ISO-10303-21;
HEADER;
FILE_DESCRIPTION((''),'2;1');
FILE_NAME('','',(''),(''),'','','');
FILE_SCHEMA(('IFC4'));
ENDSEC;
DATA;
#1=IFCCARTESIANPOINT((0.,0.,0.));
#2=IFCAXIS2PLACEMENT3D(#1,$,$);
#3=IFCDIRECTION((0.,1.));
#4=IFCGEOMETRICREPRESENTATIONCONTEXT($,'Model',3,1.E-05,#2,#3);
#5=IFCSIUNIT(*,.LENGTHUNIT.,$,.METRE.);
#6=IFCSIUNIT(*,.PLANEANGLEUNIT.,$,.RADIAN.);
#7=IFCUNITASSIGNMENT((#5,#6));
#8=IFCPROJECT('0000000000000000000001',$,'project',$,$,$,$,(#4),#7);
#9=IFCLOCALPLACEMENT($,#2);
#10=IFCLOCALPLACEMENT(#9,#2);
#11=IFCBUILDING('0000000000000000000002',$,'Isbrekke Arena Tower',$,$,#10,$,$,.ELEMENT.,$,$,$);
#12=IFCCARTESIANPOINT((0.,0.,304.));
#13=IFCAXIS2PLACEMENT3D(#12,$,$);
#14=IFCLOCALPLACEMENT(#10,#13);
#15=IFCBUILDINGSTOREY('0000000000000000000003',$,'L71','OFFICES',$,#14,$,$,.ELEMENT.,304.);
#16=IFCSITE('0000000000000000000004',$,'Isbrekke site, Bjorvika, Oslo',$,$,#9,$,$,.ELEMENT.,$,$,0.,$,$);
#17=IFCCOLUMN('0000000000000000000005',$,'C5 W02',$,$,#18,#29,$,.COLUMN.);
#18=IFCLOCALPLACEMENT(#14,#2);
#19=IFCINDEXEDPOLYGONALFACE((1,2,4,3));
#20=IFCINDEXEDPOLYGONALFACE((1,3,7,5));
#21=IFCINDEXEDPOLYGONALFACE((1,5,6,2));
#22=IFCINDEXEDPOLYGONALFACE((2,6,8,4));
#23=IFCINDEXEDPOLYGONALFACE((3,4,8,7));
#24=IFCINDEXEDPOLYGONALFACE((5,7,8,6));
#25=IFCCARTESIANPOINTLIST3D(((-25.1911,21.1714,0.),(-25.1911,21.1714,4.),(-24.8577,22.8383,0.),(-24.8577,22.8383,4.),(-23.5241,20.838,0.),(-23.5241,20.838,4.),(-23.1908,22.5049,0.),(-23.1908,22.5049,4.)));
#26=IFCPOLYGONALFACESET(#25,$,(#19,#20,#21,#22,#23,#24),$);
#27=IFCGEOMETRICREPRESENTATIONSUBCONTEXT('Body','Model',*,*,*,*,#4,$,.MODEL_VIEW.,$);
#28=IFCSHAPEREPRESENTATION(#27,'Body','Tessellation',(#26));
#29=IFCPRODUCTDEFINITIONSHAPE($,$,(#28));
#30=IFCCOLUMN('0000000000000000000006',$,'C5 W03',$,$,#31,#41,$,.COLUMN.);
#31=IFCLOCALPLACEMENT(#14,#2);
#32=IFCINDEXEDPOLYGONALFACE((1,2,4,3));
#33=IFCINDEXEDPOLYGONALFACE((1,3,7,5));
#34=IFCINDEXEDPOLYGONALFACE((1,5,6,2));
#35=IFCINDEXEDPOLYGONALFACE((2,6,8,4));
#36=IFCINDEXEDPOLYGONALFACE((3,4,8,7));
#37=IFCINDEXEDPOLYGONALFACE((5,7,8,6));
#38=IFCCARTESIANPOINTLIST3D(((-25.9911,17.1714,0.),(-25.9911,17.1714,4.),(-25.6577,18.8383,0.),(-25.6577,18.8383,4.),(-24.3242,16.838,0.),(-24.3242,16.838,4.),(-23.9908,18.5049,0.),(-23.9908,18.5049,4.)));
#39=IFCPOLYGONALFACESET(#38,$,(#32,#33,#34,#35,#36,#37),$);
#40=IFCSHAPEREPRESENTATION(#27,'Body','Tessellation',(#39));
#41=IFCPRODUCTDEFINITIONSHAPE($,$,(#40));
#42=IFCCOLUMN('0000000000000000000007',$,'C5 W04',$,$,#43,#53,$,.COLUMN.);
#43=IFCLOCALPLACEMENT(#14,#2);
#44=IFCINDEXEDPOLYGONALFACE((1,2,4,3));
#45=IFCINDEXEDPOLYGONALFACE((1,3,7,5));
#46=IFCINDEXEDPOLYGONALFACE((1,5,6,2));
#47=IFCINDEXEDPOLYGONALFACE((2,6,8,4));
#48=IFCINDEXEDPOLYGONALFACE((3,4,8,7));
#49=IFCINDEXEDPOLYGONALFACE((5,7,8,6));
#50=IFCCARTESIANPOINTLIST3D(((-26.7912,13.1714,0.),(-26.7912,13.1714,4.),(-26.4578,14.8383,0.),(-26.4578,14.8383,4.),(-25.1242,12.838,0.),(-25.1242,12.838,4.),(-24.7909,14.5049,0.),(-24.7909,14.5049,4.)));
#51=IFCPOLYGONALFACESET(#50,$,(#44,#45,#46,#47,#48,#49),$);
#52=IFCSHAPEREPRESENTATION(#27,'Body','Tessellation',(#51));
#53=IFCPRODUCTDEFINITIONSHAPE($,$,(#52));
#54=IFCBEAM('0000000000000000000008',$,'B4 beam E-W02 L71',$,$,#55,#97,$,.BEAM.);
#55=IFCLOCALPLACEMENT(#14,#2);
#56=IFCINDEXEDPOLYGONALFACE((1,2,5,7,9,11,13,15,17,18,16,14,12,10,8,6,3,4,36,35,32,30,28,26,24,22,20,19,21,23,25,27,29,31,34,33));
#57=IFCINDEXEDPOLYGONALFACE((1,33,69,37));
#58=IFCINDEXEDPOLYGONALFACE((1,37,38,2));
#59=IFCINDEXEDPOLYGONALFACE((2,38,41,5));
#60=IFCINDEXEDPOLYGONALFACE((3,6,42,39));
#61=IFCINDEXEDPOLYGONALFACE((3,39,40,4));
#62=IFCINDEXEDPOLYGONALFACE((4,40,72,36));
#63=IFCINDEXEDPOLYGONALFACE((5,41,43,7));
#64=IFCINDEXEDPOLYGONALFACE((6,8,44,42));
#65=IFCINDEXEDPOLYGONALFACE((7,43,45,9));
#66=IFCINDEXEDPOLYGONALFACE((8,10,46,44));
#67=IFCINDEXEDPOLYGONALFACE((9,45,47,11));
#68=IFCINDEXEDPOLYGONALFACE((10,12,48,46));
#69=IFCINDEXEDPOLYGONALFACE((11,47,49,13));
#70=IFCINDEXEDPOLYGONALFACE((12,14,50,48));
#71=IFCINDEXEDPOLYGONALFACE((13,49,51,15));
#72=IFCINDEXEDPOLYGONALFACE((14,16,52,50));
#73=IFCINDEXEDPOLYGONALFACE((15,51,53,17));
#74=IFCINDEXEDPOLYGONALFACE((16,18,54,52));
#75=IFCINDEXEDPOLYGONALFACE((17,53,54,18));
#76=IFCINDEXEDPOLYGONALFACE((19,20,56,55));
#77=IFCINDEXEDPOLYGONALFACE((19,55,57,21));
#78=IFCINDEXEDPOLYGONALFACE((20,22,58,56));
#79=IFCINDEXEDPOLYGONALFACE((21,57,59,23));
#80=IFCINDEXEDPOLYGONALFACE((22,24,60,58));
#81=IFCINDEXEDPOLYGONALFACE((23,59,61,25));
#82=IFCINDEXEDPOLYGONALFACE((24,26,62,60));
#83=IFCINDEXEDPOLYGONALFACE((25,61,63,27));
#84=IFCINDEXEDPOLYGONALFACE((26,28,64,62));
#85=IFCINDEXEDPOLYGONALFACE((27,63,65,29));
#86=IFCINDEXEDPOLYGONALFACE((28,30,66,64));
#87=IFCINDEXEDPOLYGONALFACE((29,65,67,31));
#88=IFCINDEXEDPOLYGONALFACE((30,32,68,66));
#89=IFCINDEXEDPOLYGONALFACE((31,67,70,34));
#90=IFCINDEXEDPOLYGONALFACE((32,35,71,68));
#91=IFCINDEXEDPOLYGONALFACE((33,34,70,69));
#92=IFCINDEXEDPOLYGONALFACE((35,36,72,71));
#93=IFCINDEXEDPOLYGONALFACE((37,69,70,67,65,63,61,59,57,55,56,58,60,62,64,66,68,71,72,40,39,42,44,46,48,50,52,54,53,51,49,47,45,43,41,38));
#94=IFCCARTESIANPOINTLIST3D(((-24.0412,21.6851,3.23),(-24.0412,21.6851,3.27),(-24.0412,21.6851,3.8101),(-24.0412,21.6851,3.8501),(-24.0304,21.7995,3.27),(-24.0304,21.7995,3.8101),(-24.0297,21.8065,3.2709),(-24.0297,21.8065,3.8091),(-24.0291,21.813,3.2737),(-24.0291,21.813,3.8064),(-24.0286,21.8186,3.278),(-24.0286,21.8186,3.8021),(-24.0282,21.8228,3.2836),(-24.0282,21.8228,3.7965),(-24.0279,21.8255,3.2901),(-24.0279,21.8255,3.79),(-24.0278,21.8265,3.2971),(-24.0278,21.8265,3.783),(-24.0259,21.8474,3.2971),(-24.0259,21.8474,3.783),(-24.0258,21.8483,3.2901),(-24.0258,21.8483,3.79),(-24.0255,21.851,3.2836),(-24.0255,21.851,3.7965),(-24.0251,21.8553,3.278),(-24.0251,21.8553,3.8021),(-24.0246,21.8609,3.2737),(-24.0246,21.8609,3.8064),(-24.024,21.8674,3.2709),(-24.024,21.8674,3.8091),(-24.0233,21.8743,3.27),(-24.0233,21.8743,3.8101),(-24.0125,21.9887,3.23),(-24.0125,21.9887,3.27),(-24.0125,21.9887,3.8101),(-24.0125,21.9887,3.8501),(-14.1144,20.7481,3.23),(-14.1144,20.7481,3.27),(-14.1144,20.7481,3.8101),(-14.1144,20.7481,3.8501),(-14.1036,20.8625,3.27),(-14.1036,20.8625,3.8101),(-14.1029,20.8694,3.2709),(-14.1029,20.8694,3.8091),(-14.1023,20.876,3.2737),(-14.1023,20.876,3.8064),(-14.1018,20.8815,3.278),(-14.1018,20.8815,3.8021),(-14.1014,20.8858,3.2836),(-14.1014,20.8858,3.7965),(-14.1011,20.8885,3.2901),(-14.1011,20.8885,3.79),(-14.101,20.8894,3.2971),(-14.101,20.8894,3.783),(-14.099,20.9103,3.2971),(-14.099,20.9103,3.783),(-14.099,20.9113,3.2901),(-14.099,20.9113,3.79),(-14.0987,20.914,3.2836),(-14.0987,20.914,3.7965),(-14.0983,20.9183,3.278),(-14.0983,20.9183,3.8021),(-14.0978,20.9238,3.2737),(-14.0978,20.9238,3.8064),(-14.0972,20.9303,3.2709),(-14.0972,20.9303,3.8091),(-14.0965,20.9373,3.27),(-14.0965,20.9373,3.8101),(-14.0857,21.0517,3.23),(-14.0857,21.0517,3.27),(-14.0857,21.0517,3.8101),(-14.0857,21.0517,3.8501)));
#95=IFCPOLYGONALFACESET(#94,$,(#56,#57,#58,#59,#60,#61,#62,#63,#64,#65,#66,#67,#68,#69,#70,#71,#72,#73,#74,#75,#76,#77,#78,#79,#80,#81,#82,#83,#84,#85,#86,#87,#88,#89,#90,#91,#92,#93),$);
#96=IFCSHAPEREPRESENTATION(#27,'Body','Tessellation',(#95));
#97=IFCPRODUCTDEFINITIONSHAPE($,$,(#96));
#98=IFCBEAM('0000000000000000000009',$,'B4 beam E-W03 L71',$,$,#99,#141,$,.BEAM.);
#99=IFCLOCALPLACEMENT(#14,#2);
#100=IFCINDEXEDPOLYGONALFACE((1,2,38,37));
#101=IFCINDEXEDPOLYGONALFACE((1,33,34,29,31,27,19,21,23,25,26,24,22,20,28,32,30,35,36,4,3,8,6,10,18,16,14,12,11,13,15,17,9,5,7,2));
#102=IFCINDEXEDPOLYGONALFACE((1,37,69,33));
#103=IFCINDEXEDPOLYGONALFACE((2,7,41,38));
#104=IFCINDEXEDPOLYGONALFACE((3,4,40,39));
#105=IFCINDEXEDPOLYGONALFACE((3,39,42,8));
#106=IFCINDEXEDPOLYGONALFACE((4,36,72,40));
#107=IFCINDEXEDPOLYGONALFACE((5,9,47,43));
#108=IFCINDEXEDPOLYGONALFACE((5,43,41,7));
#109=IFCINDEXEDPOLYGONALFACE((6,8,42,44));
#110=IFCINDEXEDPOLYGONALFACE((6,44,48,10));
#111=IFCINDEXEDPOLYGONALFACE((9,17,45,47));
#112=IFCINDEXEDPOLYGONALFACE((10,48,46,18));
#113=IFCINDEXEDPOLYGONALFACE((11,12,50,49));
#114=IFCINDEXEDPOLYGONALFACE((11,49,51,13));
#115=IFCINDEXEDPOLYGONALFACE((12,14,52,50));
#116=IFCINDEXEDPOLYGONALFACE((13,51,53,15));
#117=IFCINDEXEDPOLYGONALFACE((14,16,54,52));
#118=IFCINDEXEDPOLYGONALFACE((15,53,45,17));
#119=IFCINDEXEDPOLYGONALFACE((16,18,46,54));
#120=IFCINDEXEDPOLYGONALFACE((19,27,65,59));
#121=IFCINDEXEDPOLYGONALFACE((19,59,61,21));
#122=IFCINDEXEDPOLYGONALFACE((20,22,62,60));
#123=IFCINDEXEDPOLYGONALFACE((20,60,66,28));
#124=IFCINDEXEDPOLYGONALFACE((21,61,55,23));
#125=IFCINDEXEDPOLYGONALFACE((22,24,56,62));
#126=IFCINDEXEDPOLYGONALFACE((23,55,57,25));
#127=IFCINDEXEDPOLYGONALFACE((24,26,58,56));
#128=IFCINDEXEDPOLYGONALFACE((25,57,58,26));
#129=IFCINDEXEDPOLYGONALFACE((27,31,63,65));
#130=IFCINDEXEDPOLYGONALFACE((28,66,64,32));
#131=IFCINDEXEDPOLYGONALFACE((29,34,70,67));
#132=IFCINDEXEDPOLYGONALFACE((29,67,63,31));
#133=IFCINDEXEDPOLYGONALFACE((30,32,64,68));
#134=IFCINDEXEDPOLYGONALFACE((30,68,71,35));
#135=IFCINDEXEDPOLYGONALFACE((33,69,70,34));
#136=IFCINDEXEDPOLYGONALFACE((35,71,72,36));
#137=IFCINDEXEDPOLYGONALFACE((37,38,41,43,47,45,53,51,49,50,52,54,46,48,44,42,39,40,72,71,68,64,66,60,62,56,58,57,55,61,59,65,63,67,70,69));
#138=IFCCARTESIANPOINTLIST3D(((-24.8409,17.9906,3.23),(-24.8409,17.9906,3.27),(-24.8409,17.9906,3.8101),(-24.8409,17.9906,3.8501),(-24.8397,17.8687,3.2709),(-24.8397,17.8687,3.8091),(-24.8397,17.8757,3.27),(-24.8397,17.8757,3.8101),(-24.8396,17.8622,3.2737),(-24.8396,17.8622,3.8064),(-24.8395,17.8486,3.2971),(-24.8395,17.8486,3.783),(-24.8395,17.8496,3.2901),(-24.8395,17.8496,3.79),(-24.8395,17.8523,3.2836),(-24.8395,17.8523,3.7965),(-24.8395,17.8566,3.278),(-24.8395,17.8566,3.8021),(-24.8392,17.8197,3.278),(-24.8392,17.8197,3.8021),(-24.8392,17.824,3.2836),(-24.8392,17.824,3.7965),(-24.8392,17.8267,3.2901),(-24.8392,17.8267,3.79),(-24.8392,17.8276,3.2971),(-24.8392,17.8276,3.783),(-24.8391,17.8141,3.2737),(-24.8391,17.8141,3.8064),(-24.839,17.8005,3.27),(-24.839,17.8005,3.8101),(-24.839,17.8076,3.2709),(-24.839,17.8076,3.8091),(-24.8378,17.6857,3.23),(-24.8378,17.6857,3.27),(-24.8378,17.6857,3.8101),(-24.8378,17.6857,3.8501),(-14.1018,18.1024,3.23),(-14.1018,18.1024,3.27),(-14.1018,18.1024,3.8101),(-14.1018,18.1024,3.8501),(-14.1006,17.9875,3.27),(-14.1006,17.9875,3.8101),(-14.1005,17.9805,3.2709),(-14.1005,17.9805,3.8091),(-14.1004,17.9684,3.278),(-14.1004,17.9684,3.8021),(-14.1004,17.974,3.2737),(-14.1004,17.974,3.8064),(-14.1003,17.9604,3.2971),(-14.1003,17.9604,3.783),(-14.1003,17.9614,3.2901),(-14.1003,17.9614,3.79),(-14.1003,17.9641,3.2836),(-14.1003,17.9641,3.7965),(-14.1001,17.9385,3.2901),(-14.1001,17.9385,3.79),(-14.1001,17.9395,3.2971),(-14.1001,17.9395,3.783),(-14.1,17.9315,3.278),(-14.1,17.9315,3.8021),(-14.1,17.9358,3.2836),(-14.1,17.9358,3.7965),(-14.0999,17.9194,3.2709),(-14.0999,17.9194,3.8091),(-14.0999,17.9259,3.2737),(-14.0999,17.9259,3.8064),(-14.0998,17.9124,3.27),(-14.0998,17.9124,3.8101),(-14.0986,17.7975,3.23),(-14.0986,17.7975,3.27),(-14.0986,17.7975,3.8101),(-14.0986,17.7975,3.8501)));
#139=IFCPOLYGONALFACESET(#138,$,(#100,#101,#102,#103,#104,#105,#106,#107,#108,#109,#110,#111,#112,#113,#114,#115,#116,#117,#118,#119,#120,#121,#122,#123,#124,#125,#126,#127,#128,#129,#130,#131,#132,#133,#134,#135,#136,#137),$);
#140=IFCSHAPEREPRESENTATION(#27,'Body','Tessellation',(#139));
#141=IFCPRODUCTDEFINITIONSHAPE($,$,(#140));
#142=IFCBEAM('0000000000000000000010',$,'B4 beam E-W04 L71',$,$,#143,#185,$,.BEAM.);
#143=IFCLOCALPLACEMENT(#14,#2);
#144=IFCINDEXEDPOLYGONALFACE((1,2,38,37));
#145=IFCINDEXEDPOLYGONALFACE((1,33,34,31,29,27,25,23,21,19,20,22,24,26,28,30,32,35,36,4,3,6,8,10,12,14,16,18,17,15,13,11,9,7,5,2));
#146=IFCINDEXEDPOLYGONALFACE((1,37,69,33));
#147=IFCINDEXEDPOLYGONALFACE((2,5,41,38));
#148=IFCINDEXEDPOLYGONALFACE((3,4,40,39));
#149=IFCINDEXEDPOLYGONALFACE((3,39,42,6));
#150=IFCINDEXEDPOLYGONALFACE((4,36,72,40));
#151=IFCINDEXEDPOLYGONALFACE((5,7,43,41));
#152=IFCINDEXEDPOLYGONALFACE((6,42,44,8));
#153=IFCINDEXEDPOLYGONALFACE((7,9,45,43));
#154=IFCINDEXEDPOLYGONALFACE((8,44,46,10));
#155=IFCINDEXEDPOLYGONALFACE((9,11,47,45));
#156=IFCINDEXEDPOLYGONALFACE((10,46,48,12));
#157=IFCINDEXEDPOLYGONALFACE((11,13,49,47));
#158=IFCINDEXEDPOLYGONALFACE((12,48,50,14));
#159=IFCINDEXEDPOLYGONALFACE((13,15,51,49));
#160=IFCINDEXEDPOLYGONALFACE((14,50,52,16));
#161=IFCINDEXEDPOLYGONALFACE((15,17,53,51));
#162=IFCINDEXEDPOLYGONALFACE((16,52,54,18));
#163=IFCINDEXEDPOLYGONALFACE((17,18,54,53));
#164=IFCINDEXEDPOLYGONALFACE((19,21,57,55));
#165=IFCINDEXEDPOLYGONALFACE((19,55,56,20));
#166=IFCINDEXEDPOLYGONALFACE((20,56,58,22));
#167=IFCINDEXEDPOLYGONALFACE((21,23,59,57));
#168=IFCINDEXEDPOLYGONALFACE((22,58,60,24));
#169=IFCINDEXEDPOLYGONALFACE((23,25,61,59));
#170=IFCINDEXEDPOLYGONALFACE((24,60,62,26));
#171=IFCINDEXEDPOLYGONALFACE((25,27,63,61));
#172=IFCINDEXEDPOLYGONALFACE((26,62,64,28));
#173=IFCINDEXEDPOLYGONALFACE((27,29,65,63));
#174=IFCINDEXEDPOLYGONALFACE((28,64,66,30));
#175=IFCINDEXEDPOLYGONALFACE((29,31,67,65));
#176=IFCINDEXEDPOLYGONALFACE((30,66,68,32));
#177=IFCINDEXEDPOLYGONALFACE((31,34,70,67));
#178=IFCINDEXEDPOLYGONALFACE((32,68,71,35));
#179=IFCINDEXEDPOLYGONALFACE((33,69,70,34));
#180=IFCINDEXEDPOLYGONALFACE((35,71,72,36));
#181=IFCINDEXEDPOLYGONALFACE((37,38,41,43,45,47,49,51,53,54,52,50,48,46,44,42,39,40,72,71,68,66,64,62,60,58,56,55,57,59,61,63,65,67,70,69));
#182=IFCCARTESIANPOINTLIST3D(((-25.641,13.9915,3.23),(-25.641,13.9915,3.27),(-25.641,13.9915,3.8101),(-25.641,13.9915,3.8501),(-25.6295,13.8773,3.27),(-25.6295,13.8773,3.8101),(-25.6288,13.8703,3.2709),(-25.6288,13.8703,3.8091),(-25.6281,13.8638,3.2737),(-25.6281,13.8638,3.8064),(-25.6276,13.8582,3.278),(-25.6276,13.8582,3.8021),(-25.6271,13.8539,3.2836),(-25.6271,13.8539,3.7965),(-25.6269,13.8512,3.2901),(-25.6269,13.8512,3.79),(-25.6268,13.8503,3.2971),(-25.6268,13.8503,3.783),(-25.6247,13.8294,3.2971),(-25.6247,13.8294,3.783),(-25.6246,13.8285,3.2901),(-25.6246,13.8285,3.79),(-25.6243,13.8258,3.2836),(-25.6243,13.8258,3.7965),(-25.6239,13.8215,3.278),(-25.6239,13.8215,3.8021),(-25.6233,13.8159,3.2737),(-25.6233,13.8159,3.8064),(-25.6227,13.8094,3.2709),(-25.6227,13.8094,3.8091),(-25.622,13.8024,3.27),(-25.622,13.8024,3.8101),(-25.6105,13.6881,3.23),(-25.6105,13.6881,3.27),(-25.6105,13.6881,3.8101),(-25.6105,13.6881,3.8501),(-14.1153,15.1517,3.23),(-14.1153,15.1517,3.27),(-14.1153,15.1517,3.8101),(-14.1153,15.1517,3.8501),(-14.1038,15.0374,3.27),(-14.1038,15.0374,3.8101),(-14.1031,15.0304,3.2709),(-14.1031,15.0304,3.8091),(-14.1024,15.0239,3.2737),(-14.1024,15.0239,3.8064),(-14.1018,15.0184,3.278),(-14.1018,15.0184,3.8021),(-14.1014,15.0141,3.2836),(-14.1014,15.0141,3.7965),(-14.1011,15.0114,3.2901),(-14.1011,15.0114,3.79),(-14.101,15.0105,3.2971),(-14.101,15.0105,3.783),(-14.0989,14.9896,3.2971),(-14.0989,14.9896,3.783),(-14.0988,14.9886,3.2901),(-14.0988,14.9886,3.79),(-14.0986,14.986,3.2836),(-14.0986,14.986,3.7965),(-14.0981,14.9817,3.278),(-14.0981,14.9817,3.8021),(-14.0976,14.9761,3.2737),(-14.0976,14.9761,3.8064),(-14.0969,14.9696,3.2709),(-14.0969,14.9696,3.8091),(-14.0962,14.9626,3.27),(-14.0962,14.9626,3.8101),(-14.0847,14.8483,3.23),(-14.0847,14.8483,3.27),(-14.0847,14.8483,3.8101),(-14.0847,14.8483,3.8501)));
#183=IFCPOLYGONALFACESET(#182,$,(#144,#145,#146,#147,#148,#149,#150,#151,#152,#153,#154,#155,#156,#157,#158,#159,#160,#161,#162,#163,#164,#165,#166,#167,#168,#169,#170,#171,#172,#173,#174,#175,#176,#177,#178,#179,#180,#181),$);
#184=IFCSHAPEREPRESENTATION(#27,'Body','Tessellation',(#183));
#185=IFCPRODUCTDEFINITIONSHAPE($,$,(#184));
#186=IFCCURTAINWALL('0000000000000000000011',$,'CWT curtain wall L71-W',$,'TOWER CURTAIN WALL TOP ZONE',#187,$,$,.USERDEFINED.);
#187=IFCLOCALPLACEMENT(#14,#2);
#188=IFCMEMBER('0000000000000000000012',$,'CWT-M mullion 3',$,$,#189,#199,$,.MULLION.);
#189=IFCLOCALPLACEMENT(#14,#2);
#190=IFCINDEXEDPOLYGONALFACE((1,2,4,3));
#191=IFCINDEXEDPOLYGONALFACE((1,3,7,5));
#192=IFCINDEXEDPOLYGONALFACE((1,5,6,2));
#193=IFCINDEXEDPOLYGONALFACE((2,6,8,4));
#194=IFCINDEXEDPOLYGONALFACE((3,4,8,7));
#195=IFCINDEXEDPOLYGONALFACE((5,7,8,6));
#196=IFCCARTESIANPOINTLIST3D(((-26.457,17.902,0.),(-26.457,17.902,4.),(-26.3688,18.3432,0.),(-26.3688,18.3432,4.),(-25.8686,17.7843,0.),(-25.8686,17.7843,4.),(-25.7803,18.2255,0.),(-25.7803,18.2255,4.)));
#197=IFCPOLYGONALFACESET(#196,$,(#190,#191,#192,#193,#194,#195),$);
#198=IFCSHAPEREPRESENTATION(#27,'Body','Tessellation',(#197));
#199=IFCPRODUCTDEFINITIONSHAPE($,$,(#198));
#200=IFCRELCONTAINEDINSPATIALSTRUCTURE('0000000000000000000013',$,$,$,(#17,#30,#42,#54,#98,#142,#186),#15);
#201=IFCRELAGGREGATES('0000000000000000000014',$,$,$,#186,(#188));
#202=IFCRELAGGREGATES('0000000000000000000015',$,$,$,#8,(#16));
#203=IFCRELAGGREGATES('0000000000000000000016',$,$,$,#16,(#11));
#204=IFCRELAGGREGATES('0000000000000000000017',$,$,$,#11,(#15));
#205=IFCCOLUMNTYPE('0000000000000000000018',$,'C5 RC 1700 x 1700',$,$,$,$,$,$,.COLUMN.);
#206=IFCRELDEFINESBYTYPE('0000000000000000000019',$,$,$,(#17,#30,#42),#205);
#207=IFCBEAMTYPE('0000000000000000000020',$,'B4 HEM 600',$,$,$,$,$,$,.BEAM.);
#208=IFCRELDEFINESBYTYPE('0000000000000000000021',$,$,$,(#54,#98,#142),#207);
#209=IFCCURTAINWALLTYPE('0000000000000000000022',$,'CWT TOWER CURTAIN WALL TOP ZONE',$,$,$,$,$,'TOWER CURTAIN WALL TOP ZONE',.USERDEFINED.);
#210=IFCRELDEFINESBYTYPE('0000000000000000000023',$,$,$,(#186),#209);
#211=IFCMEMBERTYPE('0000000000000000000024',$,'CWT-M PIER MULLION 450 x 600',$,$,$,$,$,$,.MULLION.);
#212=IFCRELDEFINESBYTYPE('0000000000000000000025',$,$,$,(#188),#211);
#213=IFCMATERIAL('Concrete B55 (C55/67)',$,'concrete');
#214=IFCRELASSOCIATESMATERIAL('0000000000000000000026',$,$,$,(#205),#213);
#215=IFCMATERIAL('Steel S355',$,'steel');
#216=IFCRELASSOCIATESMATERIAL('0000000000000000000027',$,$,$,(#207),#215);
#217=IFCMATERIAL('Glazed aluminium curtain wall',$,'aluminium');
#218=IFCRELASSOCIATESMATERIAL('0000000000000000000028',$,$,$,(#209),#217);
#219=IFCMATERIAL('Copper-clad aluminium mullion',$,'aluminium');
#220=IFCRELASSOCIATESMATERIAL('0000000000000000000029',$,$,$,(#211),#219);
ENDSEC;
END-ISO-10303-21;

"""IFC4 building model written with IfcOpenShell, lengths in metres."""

from ifc_helpers import new_model, si_unit, direction, frame, origin, origin_2d, place, context, subcontext, project, spatial, rectangle, i_section, extrude, material, material_profile, profile_set, type_object, element, aggregate, save


model = new_model("IFC4")

# Units and contexts
model_context = context("Model", 3, precision=1e-05, world=origin(), true_north=direction((0.0, 1.0)))
body_context = subcontext(model_context, "Body", "Model", "MODEL_VIEW")
ifc_project = project(units=[si_unit("LENGTHUNIT", "METRE"), si_unit("PLANEANGLEUNIT", "RADIAN")], contexts=[model_context])

# Site, building, storey
site_placement = place(None, origin())
site = spatial("IfcSite", under=ifc_project, at=site_placement, Name="Isbrekke site, Bjorvika, Oslo", CompositionType="ELEMENT", RefElevation=0.0)
building_placement = place(site_placement, origin())
building = spatial("IfcBuilding", under=site, at=building_placement, Name="Isbrekke Arena Tower", CompositionType="ELEMENT")
storey_placement = place(building_placement, frame((0.0, 0.0, 304.0)))
storey = spatial("IfcBuildingStorey", under=building, at=storey_placement, Name="L71", Description="OFFICES", CompositionType="ELEMENT", Elevation=304.0)

# Columns
ifc_material_1 = material(Name="Concrete B55 (C55/67)", Category="concrete")
ifc_material_profile_1 = material_profile(ifc_material_1, rectangle(XDim=1.7, YDim=1.7, at=origin_2d()), Name="RC 1700x1700")
ifc_profile_set_1 = profile_set([ifc_material_profile_1], Name="Concrete B55 (C55/67)")
column_type = type_object("IfcColumnType", Name="C5 RC 1700 x 1700", PredefinedType="COLUMN", material=ifc_profile_set_1)
for number, where, z_axis, x_axis, name in (
    (1, (-24.1909, 21.8381, 0.0), (0.0, 0.0, 1.0), (-0.196116, -0.980581, 0.0), "C5 W02"),
    (2, (-24.991, 17.8381, 0.0), (0.0, 0.0, 1.0), (-0.196116, -0.980581, 0.0), "C5 W03"),
    (3, (-25.791, 13.8381, 0.0), (0.0, 0.0, 1.0), (-0.196116, -0.980581, 0.0), "C5 W04"),
):
    element("IfcColumn", number, at=place(storey_placement, frame(where, z_axis=z_axis, x_axis=x_axis)), inside=storey, type_object=column_type, Name=name, PredefinedType="COLUMN", context=body_context, shape_type="SweptSolid", body=[
        extrude(rectangle(XDim=1.7, YDim=1.7, at=origin_2d()), origin(), (0.0, 0.0, 1.0), 4.0),
    ])

# Beams
ifc_material_2 = material(Name="Steel S355", Category="steel")
ifc_material_profile_2 = material_profile(ifc_material_2, i_section(OverallWidth=0.3049, OverallDepth=0.6201, WebThickness=0.021, FlangeThickness=0.04, FilletRadius=0.0271, at=origin_2d()), Name="HEM 600")
ifc_profile_set_2 = profile_set([ifc_material_profile_2], Name="Steel S355")
beam_type_1 = type_object("IfcBeamType", Name="B4 HEM 600", PredefinedType="BEAM", material=ifc_profile_set_2)
beam_1_placement = place(storey_placement, frame((-24.0269, 21.8369, 3.54), z_axis=(0.995575, -0.093975, 0.0), x_axis=(0.093975, 0.995575, 0.0)))
element("IfcBeam", 4, at=beam_1_placement, inside=storey, type_object=beam_type_1, Name="B4 beam E-W02 L71", PredefinedType="BEAM", context=body_context, shape_type="SweptSolid", body=[
    extrude(i_section(OverallWidth=0.3049, OverallDepth=0.6201, WebThickness=0.021, FlangeThickness=0.04, FilletRadius=0.0271, at=origin_2d()), origin(), (0.0, 0.0, 1.0), 9.9709),
])
beam_2_placement = place(storey_placement, frame((-24.8394, 17.8381, 3.54), z_axis=(0.999946, 0.010411, 0.0), x_axis=(-0.010411, 0.999946, 0.0)))
element("IfcBeam", 5, at=beam_2_placement, inside=storey, type_object=beam_type_1, Name="B4 beam E-W03 L71", PredefinedType="BEAM", context=body_context, shape_type="SweptSolid", body=[
    extrude(i_section(OverallWidth=0.3049, OverallDepth=0.6201, WebThickness=0.021, FlangeThickness=0.04, FilletRadius=0.0271, at=origin_2d()), origin(), (0.0, 0.0, 1.0), 10.7397),
])
beam_3_placement = place(storey_placement, frame((-25.6257, 13.8398, 3.54), z_axis=(0.994972, 0.100153, 0.0), x_axis=(-0.100153, 0.994972, 0.0)))
element("IfcBeam", 6, at=beam_3_placement, inside=storey, type_object=beam_type_1, Name="B4 beam E-W04 L71", PredefinedType="BEAM", context=body_context, shape_type="SweptSolid", body=[
    extrude(i_section(OverallWidth=0.3049, OverallDepth=0.6201, WebThickness=0.021, FlangeThickness=0.04, FilletRadius=0.0271, at=origin_2d()), origin(), (0.0, 0.0, 1.0), 11.584),
])

# Curtain wall, member
ifc_material_3 = material(Name="Glazed aluminium curtain wall", Category="aluminium")
curtain_wall_type = type_object("IfcCurtainWallType", Name="CWT TOWER CURTAIN WALL TOP ZONE", ElementType="TOWER CURTAIN WALL TOP ZONE", PredefinedType="USERDEFINED", material=ifc_material_3)
curtain_wall_placement = place(storey_placement, origin())
curtain_wall = element("IfcCurtainWall", 7, at=curtain_wall_placement, inside=storey, type_object=curtain_wall_type, Name="CWT curtain wall L71-W", ObjectType="TOWER CURTAIN WALL TOP ZONE", PredefinedType="USERDEFINED")
ifc_material_4 = material(Name="Copper-clad aluminium mullion", Category="aluminium")
ifc_material_profile_3 = material_profile(ifc_material_4, rectangle(XDim=0.45, YDim=0.6001, at=origin_2d()), Name="PIER 450X600")
ifc_profile_set_3 = profile_set([ifc_material_profile_3], Name="Copper-clad aluminium mullion")
member_type_1 = type_object("IfcMemberType", Name="CWT-M PIER MULLION 450 x 600", PredefinedType="MULLION", material=ifc_profile_set_3)
member_1_placement = place(storey_placement, frame((-26.1187, 18.0637, 0.0), z_axis=(0.0, 0.0, 1.0), x_axis=(-0.196116, -0.980581, 0.0)))
member_1 = element("IfcMember", 8, at=member_1_placement, type_object=member_type_1, Name="CWT-M mullion 3", PredefinedType="MULLION", context=body_context, shape_type="SweptSolid", body=[
    extrude(rectangle(XDim=0.45, YDim=0.6001, at=origin_2d()), origin(), (0.0, 0.0, 1.0), 4.0),
])

aggregate(curtain_wall, [member_1])

save(model, "model.ifc")
